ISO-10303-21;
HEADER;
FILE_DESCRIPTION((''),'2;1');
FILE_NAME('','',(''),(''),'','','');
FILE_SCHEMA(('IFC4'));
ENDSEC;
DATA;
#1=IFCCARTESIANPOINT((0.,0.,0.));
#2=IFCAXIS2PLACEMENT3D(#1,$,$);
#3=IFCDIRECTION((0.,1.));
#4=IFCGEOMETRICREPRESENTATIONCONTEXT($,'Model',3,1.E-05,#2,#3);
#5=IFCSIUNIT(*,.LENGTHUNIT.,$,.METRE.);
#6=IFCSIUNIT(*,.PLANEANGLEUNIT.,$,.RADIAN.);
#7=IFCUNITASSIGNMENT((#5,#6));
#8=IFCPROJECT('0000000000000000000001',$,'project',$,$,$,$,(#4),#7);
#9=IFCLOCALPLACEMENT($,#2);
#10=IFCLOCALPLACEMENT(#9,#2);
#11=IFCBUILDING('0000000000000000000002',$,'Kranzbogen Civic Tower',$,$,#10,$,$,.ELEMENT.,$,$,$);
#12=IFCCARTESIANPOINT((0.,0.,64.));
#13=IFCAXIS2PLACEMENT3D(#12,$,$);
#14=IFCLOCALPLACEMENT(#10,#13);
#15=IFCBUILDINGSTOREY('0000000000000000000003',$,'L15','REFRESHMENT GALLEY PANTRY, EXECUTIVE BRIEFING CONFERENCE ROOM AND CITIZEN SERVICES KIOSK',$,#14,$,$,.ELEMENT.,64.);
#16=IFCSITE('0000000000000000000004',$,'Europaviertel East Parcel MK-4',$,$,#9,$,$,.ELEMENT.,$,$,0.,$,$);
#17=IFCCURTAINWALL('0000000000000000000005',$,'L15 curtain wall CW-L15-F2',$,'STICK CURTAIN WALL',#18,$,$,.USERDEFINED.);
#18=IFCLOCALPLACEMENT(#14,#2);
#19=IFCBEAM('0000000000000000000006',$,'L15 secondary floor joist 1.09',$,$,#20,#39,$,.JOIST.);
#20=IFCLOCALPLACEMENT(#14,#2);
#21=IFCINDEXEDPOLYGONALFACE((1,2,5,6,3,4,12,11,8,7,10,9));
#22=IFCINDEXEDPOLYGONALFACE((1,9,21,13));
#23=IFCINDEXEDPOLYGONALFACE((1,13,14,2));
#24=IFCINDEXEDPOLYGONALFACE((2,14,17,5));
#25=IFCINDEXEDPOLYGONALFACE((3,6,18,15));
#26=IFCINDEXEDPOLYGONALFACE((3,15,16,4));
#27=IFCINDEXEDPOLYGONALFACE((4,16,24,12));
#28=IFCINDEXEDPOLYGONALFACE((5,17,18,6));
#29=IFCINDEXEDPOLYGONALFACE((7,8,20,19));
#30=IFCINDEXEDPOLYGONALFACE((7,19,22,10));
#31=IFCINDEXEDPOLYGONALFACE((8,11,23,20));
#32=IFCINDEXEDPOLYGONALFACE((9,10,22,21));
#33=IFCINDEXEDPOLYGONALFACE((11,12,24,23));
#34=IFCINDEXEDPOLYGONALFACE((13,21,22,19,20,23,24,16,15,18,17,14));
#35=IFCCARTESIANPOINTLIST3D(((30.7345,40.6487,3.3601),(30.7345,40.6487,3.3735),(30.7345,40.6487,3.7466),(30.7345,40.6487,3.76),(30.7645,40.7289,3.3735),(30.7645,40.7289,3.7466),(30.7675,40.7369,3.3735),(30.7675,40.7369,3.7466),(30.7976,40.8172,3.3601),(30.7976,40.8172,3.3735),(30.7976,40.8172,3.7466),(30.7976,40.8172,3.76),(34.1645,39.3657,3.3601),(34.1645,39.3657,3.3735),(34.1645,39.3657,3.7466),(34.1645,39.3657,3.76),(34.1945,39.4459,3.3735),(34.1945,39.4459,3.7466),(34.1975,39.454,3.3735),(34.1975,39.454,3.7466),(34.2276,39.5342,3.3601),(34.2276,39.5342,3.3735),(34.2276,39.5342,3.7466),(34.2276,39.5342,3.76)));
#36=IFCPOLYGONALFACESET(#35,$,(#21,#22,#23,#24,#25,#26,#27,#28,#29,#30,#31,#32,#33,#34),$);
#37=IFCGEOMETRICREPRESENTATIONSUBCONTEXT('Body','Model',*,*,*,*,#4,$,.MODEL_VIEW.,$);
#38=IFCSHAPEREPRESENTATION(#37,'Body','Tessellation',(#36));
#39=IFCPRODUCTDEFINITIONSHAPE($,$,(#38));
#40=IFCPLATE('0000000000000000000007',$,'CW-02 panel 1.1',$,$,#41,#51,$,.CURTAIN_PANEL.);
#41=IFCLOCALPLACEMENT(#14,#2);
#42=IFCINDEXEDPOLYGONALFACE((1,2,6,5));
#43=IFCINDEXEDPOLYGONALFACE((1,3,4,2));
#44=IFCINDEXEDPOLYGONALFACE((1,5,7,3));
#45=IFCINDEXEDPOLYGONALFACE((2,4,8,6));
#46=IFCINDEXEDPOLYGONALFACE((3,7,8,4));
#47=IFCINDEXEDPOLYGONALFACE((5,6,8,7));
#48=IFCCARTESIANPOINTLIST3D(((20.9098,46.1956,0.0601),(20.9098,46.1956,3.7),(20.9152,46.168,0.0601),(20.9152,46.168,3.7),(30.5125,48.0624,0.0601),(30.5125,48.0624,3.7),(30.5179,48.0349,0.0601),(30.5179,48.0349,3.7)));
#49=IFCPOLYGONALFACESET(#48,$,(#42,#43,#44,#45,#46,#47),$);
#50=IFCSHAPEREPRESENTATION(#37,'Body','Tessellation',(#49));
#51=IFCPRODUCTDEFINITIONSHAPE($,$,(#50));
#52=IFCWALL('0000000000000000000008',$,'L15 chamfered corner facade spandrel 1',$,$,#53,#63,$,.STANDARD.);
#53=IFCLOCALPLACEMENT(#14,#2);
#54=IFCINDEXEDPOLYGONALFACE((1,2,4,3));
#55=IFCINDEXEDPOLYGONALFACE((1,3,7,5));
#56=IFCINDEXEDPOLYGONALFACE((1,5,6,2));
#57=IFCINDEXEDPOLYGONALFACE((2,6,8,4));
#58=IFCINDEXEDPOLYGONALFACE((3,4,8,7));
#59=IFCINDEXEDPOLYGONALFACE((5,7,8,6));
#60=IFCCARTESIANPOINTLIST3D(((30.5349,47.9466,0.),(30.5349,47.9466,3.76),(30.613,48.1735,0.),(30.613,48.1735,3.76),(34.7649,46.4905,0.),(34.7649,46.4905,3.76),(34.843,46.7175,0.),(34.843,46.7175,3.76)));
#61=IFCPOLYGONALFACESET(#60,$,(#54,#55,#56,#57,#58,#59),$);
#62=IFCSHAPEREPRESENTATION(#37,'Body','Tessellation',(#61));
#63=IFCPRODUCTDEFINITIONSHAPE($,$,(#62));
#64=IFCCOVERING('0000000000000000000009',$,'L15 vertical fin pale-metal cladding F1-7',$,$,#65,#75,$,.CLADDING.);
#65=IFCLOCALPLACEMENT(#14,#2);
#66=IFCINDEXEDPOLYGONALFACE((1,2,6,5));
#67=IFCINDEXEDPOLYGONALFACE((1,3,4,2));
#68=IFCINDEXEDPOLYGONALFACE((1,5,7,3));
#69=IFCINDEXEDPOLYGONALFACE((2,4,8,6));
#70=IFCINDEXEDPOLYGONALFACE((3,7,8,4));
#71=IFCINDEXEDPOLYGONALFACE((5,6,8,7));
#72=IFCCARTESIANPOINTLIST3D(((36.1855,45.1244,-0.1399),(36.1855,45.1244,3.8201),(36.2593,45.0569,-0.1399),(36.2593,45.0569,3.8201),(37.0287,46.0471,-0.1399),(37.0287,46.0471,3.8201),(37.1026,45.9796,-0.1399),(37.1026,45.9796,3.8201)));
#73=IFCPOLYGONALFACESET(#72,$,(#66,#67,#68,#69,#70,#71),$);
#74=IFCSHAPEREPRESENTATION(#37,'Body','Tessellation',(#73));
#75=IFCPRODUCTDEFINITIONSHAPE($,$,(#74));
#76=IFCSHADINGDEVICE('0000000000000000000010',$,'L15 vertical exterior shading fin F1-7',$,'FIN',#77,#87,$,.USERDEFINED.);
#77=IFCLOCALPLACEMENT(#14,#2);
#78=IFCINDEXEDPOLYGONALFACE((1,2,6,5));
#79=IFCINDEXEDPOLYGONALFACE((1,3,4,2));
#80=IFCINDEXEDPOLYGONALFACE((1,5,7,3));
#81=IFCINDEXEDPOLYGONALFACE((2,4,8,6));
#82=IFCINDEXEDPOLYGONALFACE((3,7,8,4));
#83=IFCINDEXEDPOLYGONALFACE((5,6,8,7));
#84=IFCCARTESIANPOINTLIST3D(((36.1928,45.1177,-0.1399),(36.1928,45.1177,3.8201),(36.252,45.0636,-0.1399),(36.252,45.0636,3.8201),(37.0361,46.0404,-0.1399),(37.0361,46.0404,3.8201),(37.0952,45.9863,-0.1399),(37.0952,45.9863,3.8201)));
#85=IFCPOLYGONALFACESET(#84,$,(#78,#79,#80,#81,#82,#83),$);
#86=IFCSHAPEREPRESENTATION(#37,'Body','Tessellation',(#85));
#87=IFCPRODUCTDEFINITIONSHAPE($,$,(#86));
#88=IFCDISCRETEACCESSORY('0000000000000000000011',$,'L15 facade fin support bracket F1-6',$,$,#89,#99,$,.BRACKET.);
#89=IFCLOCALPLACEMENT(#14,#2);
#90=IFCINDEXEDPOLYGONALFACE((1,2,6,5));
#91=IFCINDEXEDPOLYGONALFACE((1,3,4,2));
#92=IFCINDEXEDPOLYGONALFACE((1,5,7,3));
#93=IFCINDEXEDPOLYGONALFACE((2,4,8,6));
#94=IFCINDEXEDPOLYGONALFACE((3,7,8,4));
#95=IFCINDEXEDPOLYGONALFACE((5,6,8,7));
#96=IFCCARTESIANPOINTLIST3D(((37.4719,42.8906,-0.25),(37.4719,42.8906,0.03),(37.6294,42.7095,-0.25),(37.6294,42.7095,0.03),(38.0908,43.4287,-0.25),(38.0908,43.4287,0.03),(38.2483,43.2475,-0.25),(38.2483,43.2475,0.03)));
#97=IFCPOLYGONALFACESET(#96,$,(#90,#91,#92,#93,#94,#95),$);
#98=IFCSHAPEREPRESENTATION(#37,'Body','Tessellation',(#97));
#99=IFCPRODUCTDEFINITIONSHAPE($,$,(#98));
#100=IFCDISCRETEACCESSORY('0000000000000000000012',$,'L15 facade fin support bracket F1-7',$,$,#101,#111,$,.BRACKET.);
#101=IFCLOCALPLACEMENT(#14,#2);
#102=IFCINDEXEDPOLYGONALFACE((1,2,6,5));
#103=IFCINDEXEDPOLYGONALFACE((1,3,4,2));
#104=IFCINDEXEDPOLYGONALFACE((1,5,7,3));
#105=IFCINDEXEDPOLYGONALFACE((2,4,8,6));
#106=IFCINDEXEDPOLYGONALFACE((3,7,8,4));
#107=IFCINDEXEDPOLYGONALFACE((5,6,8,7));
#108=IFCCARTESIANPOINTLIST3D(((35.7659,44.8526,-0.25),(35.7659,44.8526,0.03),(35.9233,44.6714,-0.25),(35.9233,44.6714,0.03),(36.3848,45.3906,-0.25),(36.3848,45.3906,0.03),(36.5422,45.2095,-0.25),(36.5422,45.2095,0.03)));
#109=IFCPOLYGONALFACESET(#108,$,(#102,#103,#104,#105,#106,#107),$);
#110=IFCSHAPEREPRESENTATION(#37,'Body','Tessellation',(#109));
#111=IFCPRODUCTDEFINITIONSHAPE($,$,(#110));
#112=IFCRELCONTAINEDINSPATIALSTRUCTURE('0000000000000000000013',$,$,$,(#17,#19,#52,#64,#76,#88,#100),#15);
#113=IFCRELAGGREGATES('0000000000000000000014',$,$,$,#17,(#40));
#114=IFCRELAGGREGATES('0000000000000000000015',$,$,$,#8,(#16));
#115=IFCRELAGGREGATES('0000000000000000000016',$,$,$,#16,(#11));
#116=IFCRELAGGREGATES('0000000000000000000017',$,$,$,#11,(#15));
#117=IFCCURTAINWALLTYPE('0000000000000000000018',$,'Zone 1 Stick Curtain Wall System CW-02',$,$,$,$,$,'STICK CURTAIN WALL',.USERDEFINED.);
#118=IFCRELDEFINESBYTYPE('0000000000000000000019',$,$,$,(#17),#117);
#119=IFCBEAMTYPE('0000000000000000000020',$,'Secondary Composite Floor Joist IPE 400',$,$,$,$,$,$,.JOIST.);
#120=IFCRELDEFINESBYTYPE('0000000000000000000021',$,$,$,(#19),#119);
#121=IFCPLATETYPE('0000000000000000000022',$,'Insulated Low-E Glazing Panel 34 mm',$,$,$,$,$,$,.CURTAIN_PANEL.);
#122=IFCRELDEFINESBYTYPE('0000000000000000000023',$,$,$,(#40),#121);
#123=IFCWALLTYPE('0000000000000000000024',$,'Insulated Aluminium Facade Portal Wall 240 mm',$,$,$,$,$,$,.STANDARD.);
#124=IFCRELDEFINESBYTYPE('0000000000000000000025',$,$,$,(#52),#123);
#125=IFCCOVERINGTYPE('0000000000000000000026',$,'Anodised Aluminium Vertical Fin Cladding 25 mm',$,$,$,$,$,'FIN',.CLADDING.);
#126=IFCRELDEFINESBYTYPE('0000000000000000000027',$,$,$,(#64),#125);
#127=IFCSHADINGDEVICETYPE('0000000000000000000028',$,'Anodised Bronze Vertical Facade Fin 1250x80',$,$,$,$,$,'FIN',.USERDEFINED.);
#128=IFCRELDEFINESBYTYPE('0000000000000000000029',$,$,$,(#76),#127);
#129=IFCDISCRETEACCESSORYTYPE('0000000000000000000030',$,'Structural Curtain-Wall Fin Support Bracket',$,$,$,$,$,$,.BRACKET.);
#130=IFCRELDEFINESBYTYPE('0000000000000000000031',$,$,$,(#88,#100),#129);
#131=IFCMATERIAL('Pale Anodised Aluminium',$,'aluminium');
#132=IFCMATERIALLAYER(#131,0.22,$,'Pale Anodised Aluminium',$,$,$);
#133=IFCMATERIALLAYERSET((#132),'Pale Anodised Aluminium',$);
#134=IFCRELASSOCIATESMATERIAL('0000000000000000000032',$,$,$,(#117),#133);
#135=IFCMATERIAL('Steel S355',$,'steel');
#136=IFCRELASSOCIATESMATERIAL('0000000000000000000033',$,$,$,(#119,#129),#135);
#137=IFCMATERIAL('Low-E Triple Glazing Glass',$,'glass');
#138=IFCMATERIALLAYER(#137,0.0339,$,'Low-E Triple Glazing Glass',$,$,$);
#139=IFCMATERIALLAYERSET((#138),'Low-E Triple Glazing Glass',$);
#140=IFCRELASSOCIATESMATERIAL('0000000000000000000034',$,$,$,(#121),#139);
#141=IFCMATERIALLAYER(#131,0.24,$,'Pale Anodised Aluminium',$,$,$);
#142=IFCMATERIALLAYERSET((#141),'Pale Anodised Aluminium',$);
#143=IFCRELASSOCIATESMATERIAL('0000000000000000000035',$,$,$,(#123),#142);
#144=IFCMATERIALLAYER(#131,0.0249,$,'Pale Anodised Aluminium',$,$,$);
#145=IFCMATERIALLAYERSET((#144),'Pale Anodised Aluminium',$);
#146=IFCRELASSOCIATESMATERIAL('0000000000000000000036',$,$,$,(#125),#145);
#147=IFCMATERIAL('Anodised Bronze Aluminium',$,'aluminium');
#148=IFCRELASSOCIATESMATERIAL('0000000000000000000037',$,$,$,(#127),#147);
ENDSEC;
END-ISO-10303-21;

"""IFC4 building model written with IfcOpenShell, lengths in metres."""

from ifc_helpers import new_model, si_unit, direction, frame, frame_2d, origin, origin_2d, place, context, subcontext, project, spatial, rectangle, i_section, extrude, material, layer, layer_set, material_profile, profile_set, type_object, element, aggregate, save


model = new_model("IFC4")

# Units and contexts
model_context = context("Model", 3, precision=1e-05, world=origin(), true_north=direction((0.0, 1.0)))
body_context = subcontext(model_context, "Body", "Model", "MODEL_VIEW")
ifc_project = project(units=[si_unit("LENGTHUNIT", "METRE"), si_unit("PLANEANGLEUNIT", "RADIAN")], contexts=[model_context])

# Site, building, storey
site_placement = place(None, origin())
site = spatial("IfcSite", under=ifc_project, at=site_placement, Name="Europaviertel East Parcel MK-4", CompositionType="ELEMENT", RefElevation=0.0)
building_placement = place(site_placement, origin())
building = spatial("IfcBuilding", under=site, at=building_placement, Name="Kranzbogen Civic Tower", CompositionType="ELEMENT")
storey_placement = place(building_placement, frame((0.0, 0.0, 64.0)))
storey = spatial("IfcBuildingStorey", under=building, at=storey_placement, Name="L15", Description="REFRESHMENT GALLEY PANTRY, EXECUTIVE BRIEFING CONFERENCE ROOM AND CITIZEN SERVICES KIOSK", CompositionType="ELEMENT", Elevation=64.0)

# Shared definitions
ifc_material_1 = material(Name="Steel S355", Category="steel")

# Shared definitions
ifc_material_2 = material(Name="Pale Anodised Aluminium", Category="aluminium")
ifc_layer_1 = layer(ifc_material_2, 0.22, Name="Pale Anodised Aluminium")
ifc_layer_set_1 = layer_set([ifc_layer_1], Name="Pale Anodised Aluminium")
curtain_wall_type = type_object("IfcCurtainWallType", Name="Zone 1 Stick Curtain Wall System CW-02", ElementType="STICK CURTAIN WALL", PredefinedType="USERDEFINED", material=ifc_layer_set_1)

# Curtain wall
curtain_wall_1_placement = place(storey_placement, origin())
curtain_wall_1 = element("IfcCurtainWall", 1, at=curtain_wall_1_placement, inside=storey, type_object=curtain_wall_type, Name="L15 curtain wall CW-L15-F2", ObjectType="STICK CURTAIN WALL", PredefinedType="USERDEFINED")

# Beam
ifc_material_profile_1 = material_profile(ifc_material_1, i_section(OverallWidth=0.1799, OverallDepth=0.3999, WebThickness=0.0085, FlangeThickness=0.0134, at=origin_2d()), Name="IPE 400")
ifc_profile_set_1 = profile_set([ifc_material_profile_1], Name="Steel S355")
beam_type_1 = type_object("IfcBeamType", Name="Secondary Composite Floor Joist IPE 400", PredefinedType="JOIST", material=ifc_profile_set_1)
beam_1_placement = place(storey_placement, frame((34.196, 39.45, 3.5601), z_axis=(-0.936622, 0.350342, 0.0), x_axis=(-0.350342, -0.936622, 0.0)))
element("IfcBeam", 2, at=beam_1_placement, inside=storey, type_object=beam_type_1, Name="L15 secondary floor joist 1.09", PredefinedType="JOIST", context=body_context, shape_type="SweptSolid", body=[
    extrude(i_section(OverallWidth=0.1799, OverallDepth=0.3999, WebThickness=0.0085, FlangeThickness=0.0134, at=origin_2d()), origin(), (0.0, 0.0, 1.0), 3.6621),
])

# Plate
ifc_material_3 = material(Name="Low-E Triple Glazing Glass", Category="glass")
ifc_layer_2 = layer(ifc_material_3, 0.0339, Name="Low-E Triple Glazing Glass")
ifc_layer_set_2 = layer_set([ifc_layer_2], Name="Low-E Triple Glazing Glass")
plate_type = type_object("IfcPlateType", Name="Insulated Low-E Glazing Panel 34 mm", PredefinedType="CURTAIN_PANEL", material=ifc_layer_set_2)
plate_placement = place(storey_placement, frame((25.7139, 47.1152, 0.0601), z_axis=(0.0, 0.0, 1.0), x_axis=(-0.981622, -0.190834, 0.0)))
plate = element("IfcPlate", 3, at=plate_placement, type_object=plate_type, Name="CW-02 panel 1.1", PredefinedType="CURTAIN_PANEL", context=body_context, shape_type="SweptSolid", body=[
    extrude(rectangle(XDim=9.7825, YDim=0.0281, at=origin_2d()), origin(), (0.0, 0.0, 1.0), 3.6399),
])
aggregate(curtain_wall_1, [plate])

# Wall
ifc_layer_3 = layer(ifc_material_2, 0.24, Name="Pale Anodised Aluminium")
ifc_layer_set_3 = layer_set([ifc_layer_3], Name="Pale Anodised Aluminium")
wall_type = type_object("IfcWallType", Name="Insulated Aluminium Facade Portal Wall 240 mm", PredefinedType="STANDARD", material=ifc_layer_set_3)
wall_placement = place(storey_placement, frame((34.804, 46.604, 0.0), z_axis=(0.0, 0.0, 1.0), x_axis=(-0.945549, 0.325479, 0.0)))
element("IfcWall", 4, at=wall_placement, inside=storey, type_object=wall_type, Name="L15 chamfered corner facade spandrel 1", PredefinedType="STANDARD", context=body_context, shape_type="SweptSolid", body=[
    extrude(rectangle(XDim=4.4736, YDim=0.24, at=frame_2d((2.2368, 0.0))), origin(), (0.0, 0.0, 1.0), 3.76),
])

# Covering
ifc_layer_4 = layer(ifc_material_2, 0.0249, Name="Pale Anodised Aluminium")
ifc_layer_set_4 = layer_set([ifc_layer_4], Name="Pale Anodised Aluminium")
covering_type = type_object("IfcCoveringType", Name="Anodised Aluminium Vertical Fin Cladding 25 mm", ElementType="FIN", PredefinedType="CLADDING", material=ifc_layer_set_4)
covering_placement = place(storey_placement, frame((36.644, 45.552, -0.1399), z_axis=(0.0, 0.0, 1.0), x_axis=(0.674625, 0.738161, 0.0)))
element("IfcCovering", 5, at=covering_placement, inside=storey, type_object=covering_type, Name="L15 vertical fin pale-metal cladding F1-7", PredefinedType="CLADDING", context=body_context, shape_type="SweptSolid", body=[
    extrude(rectangle(XDim=1.25, YDim=0.1001, at=origin_2d()), origin(), (0.0, 0.0, 1.0), 3.96),
])

# Shading device
ifc_material_4 = material(Name="Anodised Bronze Aluminium", Category="aluminium")
shading_device_type = type_object("IfcShadingDeviceType", Name="Anodised Bronze Vertical Facade Fin 1250x80", ElementType="FIN", PredefinedType="USERDEFINED", material=ifc_material_4)
shading_device_placement = place(storey_placement, frame((36.644, 45.552, -0.1399), z_axis=(0.0, 0.0, 1.0), x_axis=(0.674625, 0.738161, 0.0)))
element("IfcShadingDevice", 6, at=shading_device_placement, inside=storey, type_object=shading_device_type, Name="L15 vertical exterior shading fin F1-7", ObjectType="FIN", PredefinedType="USERDEFINED", context=body_context, shape_type="SweptSolid", body=[
    extrude(rectangle(XDim=1.25, YDim=0.0801, at=origin_2d()), origin(), (0.0, 0.0, 1.0), 3.96),
])

# Discrete accessories
discrete_accessory_type = type_object("IfcDiscreteAccessoryType", Name="Structural Curtain-Wall Fin Support Bracket", PredefinedType="BRACKET", material=ifc_material_1)
for number, where, z_axis, x_axis, name in (
    (7, (37.8601, 43.0691, -0.25), (0.0, 0.0, 1.0), (0.75471, 0.656059, 0.0), "L15 facade fin support bracket F1-6"),
    (8, (36.1541, 45.031, -0.25), (0.0, 0.0, 1.0), (0.75471, 0.656059, 0.0), "L15 facade fin support bracket F1-7"),
):
    element("IfcDiscreteAccessory", number, at=place(storey_placement, frame(where, z_axis=z_axis, x_axis=x_axis)), inside=storey, type_object=discrete_accessory_type, Name=name, PredefinedType="BRACKET", context=body_context, shape_type="SweptSolid", body=[
        extrude(rectangle(XDim=0.8201, YDim=0.24, at=origin_2d()), origin(), (0.0, 0.0, 1.0), 0.28),
    ])

save(model, "model.ifc")
